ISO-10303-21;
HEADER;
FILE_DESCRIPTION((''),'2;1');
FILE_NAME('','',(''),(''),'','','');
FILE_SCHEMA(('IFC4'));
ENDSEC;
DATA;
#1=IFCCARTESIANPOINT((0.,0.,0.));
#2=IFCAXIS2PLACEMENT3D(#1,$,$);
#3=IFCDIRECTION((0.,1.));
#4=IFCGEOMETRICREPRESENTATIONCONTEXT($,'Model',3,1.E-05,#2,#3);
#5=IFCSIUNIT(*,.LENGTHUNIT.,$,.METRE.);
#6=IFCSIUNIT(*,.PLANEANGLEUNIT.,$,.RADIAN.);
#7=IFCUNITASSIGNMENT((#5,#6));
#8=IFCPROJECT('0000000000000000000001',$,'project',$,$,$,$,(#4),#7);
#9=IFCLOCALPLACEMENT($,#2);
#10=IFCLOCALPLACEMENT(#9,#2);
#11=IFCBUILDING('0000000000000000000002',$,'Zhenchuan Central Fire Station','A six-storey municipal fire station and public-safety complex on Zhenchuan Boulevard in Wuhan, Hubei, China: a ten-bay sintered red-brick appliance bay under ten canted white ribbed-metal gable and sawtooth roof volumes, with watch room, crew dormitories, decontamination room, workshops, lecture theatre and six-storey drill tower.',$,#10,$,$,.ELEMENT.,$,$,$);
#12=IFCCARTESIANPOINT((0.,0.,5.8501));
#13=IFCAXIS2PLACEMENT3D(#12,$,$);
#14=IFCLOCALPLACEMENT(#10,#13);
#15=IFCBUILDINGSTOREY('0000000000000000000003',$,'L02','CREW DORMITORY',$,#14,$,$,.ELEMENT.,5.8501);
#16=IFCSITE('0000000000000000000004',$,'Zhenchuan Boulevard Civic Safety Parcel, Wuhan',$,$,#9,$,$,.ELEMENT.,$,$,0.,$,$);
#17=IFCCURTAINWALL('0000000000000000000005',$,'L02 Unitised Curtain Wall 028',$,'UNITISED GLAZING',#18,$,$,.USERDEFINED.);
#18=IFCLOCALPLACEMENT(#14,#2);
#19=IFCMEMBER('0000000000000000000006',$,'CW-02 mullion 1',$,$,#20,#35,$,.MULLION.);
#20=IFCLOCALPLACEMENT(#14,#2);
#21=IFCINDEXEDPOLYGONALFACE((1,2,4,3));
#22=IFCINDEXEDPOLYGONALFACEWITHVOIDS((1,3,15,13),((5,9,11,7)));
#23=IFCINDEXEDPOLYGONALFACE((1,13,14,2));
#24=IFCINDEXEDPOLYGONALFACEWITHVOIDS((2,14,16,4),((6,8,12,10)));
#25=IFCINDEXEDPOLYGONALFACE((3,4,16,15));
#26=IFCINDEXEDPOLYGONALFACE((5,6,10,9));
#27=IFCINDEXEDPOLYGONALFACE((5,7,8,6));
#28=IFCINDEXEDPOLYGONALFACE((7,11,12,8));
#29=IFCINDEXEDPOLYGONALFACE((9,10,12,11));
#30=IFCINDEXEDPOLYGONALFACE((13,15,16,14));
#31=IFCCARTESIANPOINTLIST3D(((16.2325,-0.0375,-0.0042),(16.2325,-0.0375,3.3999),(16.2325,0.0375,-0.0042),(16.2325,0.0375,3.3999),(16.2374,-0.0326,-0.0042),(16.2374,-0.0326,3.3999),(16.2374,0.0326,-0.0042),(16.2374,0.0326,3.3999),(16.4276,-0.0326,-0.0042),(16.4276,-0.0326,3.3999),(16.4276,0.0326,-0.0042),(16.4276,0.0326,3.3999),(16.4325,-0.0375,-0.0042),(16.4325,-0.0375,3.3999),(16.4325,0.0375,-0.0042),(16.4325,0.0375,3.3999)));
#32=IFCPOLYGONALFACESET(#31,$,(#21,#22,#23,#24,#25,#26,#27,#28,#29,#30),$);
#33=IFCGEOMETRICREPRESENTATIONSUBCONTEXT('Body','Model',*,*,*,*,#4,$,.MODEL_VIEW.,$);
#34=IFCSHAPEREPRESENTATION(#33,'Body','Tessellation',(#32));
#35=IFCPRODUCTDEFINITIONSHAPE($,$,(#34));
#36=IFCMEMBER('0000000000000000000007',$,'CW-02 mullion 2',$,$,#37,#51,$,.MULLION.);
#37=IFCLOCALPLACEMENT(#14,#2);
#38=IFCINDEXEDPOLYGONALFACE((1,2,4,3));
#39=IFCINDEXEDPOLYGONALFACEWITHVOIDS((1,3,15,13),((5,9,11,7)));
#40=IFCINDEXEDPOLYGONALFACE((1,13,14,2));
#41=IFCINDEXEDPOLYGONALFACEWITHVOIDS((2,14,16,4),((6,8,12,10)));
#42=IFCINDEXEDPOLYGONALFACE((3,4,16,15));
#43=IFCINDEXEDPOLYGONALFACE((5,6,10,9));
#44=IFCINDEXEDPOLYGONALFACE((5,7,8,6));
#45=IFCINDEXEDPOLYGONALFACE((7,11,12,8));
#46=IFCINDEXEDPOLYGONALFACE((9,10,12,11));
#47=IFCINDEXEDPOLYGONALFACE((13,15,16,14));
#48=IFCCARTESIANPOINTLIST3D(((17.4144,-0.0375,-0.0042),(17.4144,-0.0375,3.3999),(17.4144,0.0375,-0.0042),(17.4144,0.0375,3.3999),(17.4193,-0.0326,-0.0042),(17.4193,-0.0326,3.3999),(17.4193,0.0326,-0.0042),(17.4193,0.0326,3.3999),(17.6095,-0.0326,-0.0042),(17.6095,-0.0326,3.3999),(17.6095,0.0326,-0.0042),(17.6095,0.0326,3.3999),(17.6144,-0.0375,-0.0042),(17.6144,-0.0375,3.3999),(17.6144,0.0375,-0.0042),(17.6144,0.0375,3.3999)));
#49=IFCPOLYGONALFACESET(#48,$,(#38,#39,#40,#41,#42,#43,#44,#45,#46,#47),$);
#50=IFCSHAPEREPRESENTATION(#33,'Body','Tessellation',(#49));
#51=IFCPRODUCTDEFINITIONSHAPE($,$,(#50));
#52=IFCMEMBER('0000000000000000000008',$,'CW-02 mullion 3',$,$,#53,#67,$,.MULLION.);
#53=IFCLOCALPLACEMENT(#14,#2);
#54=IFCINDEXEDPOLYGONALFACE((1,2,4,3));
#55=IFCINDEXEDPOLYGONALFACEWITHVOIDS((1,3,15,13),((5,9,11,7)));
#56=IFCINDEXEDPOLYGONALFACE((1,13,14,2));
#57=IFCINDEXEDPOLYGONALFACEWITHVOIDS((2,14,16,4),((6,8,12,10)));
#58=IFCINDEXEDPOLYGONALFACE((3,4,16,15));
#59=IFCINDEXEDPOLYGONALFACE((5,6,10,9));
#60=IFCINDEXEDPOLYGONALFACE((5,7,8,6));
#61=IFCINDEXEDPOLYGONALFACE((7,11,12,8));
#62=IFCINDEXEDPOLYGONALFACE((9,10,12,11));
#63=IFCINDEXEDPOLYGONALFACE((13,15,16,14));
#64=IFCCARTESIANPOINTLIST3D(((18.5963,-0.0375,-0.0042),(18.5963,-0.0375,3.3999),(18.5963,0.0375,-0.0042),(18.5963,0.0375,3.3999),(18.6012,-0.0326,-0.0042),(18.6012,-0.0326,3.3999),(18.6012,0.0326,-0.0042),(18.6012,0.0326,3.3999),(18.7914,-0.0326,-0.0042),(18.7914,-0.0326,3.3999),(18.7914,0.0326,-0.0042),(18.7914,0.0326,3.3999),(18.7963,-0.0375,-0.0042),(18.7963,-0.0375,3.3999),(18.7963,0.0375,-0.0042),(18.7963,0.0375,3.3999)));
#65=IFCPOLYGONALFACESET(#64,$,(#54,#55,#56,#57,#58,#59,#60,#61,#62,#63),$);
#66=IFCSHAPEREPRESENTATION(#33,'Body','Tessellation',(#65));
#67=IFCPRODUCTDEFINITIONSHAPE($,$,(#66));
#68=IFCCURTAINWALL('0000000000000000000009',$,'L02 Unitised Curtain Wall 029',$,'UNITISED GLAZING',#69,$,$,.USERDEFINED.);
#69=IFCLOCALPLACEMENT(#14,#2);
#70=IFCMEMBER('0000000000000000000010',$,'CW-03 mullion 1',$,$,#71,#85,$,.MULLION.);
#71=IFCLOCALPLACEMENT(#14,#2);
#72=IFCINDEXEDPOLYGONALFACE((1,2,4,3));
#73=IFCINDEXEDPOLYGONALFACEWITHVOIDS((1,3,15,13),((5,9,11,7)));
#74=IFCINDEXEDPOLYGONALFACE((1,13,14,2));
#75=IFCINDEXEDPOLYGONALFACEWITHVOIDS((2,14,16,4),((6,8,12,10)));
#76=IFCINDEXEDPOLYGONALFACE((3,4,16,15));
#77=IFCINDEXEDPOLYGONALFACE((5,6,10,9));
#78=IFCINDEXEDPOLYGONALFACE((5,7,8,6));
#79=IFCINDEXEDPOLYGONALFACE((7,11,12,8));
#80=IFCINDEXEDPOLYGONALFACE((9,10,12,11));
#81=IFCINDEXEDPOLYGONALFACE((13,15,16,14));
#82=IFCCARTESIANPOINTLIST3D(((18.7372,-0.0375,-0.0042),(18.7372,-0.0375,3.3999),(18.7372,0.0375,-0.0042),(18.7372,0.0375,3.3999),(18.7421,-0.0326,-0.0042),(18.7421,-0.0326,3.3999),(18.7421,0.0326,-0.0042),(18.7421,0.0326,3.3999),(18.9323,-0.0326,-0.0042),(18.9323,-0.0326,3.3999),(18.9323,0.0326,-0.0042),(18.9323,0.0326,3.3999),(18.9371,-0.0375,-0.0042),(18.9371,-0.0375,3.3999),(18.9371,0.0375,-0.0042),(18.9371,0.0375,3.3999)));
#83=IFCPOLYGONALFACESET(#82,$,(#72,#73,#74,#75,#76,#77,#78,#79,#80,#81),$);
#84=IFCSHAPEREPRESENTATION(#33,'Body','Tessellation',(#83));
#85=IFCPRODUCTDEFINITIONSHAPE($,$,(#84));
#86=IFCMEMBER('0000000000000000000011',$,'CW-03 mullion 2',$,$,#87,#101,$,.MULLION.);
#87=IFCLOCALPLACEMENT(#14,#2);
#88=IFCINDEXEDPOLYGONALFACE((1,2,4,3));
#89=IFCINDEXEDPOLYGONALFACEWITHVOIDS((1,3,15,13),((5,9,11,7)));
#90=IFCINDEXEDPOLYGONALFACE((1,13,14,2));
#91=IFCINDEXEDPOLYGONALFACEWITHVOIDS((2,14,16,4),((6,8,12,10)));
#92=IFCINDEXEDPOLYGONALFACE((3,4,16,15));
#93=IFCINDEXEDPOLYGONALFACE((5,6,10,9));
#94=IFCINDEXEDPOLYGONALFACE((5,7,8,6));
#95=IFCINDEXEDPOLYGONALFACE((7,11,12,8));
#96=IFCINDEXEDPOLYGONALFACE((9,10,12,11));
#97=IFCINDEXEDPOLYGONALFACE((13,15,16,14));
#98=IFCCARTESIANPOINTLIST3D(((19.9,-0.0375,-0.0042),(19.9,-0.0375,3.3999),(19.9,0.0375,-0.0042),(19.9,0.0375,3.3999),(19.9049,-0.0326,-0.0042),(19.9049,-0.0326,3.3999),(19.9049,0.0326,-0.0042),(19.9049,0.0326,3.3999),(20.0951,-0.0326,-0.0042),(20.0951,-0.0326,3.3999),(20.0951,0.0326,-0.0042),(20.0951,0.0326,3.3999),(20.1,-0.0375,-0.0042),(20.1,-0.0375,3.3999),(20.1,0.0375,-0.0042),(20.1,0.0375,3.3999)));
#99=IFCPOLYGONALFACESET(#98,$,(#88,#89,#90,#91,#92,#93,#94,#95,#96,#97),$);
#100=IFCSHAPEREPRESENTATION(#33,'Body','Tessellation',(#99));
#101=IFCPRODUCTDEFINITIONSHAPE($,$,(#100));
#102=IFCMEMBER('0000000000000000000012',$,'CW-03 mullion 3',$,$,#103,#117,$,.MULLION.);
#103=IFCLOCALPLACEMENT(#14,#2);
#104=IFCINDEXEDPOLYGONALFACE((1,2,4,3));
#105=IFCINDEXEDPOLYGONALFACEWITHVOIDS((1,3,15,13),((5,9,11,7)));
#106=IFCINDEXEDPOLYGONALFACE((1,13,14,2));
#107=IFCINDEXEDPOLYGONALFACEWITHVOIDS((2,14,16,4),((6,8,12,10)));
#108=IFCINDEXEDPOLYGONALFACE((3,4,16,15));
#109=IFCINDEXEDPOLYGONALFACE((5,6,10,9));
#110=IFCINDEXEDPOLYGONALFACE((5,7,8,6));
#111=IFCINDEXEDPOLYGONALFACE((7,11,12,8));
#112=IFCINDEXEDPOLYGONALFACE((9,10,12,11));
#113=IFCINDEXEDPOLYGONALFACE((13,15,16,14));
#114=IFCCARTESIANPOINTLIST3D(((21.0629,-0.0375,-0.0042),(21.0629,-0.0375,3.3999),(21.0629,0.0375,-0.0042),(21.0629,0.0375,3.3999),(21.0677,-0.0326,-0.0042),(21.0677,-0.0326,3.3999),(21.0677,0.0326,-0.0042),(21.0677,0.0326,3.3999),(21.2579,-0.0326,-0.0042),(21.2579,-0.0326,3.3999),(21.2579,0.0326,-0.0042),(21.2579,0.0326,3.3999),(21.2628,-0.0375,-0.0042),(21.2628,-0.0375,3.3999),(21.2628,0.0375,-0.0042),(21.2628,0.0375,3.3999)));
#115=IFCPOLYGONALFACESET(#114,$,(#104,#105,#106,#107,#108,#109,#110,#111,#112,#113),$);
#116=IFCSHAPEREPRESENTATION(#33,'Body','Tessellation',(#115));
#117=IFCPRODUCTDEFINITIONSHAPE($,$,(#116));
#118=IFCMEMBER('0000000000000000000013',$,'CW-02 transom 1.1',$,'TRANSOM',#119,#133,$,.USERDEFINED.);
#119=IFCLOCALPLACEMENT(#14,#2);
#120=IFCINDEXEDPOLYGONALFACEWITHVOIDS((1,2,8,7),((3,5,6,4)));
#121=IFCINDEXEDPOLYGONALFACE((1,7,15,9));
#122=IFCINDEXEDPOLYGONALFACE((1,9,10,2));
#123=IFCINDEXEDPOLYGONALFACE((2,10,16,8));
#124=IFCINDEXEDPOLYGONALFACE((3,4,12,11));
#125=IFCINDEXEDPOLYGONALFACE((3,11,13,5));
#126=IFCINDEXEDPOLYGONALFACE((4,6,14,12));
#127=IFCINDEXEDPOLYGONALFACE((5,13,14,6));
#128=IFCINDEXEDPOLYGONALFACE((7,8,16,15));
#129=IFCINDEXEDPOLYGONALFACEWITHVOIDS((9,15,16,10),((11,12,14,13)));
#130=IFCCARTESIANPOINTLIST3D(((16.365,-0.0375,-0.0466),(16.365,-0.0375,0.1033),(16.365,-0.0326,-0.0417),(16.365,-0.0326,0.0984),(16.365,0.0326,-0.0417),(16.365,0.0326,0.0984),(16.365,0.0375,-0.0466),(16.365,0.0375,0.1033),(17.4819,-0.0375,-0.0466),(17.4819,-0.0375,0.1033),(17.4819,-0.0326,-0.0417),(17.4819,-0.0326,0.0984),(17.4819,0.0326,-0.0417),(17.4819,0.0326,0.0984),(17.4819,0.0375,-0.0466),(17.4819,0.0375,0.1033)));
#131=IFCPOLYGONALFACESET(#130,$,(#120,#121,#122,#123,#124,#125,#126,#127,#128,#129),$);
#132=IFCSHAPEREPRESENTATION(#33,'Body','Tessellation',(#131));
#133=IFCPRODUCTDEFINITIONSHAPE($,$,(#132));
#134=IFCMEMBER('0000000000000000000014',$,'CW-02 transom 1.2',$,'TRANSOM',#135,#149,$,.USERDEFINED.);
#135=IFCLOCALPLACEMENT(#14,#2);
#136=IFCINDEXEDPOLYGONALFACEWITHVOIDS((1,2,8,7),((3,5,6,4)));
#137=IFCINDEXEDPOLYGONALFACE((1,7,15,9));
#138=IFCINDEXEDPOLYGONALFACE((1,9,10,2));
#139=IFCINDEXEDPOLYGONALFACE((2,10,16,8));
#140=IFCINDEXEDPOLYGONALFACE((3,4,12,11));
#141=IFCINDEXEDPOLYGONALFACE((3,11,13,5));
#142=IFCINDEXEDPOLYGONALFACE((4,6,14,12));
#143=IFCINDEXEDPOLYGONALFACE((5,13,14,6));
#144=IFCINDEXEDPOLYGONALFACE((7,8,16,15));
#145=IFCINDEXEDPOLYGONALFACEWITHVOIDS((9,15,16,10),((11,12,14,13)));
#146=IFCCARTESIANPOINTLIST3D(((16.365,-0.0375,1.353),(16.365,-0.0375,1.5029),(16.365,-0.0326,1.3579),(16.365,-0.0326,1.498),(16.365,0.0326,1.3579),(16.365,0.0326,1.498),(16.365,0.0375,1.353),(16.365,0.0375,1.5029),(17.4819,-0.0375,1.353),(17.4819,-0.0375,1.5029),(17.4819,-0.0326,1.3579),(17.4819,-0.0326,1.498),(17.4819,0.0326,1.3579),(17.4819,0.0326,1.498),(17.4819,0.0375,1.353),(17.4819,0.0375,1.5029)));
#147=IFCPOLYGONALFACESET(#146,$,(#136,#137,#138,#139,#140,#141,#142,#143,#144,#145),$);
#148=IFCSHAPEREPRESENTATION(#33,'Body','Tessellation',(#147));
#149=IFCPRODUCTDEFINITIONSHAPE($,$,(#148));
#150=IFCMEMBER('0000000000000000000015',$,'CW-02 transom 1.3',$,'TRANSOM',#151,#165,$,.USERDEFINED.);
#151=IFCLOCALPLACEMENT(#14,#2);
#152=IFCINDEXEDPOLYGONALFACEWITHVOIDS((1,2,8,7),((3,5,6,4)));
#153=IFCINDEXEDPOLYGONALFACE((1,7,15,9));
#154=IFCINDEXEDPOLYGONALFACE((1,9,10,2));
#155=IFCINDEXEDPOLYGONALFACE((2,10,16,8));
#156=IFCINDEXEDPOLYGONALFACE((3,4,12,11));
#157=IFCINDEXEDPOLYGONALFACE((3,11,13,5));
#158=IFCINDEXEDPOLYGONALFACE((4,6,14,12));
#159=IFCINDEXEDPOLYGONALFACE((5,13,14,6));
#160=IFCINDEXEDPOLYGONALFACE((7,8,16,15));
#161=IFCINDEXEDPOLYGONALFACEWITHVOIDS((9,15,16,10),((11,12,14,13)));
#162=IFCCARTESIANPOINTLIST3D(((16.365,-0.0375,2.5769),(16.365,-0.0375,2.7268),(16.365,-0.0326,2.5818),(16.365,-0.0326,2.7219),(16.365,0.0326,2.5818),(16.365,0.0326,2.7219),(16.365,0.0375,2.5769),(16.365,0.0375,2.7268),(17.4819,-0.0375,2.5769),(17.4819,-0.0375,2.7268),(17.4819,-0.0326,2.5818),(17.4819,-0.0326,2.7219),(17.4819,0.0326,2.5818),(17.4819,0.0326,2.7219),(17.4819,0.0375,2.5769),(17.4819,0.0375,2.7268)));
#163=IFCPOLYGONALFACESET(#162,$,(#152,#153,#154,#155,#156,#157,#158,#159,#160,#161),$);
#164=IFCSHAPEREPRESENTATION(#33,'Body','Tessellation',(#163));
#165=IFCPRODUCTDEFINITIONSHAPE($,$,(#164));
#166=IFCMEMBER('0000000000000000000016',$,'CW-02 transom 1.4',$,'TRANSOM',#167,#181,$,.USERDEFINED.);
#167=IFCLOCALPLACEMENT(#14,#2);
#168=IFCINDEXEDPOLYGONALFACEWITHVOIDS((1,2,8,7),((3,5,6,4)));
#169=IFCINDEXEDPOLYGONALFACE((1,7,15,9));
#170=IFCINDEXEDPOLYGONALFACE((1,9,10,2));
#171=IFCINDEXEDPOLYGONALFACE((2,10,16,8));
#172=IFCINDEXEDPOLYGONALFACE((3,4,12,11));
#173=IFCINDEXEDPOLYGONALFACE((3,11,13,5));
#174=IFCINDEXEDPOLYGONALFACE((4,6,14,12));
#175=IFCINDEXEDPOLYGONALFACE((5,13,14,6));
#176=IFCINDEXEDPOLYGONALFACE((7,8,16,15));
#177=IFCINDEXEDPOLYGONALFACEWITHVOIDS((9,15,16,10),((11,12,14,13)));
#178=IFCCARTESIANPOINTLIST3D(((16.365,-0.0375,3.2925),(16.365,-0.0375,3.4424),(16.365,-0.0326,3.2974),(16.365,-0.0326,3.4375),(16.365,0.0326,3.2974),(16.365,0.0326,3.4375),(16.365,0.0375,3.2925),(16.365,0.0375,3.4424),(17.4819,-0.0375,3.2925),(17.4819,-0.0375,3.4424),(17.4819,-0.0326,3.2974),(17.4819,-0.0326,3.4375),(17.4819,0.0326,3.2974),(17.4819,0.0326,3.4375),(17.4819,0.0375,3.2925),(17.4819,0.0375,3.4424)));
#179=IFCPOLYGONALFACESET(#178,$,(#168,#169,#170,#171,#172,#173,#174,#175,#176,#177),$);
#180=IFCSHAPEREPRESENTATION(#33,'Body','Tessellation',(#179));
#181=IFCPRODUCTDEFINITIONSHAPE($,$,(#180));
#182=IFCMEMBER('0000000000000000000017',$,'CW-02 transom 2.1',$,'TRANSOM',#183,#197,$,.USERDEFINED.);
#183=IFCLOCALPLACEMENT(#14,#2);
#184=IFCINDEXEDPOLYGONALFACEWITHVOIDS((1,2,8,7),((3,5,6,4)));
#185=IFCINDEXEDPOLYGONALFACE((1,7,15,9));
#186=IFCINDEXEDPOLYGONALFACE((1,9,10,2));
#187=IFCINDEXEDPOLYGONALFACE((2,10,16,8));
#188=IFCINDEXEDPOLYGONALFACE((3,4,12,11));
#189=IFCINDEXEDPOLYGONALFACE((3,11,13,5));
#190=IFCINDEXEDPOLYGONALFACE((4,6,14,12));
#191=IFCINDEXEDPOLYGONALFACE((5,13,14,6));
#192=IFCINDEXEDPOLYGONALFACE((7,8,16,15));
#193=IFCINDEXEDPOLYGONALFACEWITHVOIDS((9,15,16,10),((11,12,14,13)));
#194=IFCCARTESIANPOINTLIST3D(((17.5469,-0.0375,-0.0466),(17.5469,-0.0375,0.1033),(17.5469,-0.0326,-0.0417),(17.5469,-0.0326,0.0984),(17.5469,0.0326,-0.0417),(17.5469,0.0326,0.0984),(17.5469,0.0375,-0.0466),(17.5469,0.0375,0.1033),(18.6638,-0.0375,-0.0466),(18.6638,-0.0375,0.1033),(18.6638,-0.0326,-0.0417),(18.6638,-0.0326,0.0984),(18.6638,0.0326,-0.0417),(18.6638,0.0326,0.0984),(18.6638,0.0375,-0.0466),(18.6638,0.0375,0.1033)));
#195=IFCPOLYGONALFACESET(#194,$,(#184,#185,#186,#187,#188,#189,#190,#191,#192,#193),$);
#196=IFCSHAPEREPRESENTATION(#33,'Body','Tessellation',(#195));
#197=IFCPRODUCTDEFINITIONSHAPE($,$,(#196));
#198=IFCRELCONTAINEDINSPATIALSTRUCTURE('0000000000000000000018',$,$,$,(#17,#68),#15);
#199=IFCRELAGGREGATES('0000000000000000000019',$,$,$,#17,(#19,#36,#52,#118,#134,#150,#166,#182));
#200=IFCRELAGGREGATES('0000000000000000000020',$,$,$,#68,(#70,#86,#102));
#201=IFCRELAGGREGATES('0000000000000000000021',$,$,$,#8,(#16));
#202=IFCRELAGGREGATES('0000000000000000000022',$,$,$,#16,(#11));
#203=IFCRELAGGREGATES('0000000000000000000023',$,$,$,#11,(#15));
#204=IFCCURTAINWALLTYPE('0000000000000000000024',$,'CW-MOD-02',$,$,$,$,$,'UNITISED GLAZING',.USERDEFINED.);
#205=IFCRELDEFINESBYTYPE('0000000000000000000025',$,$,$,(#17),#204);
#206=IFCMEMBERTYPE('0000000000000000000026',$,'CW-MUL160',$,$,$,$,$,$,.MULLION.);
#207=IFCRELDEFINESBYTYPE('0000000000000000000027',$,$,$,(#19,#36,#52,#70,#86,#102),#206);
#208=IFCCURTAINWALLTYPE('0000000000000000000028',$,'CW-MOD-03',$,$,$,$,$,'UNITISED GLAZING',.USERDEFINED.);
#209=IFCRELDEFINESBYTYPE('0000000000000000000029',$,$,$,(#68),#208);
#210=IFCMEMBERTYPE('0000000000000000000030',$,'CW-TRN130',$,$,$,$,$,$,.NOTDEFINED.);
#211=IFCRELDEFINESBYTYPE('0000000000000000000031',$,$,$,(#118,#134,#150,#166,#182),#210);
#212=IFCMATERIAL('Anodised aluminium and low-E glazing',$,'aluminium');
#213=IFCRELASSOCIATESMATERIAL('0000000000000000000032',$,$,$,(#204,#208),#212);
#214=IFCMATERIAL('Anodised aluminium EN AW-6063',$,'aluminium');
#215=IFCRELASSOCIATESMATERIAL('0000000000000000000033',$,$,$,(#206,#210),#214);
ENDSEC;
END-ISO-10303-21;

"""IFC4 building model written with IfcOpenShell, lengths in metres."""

from ifc_helpers import new_model, si_unit, direction, frame, origin, origin_2d, place, context, subcontext, project, spatial, hollow_rectangle, extrude, material, material_profile, profile_set, type_object, element, aggregate, save


model = new_model("IFC4")

# Units and contexts
model_context = context("Model", 3, precision=1e-05, world=origin(), true_north=direction((0.0, 1.0)))
body_context = subcontext(model_context, "Body", "Model", "MODEL_VIEW")
ifc_project = project(units=[si_unit("LENGTHUNIT", "METRE"), si_unit("PLANEANGLEUNIT", "RADIAN")], contexts=[model_context])

# Site, building, storey
site_placement = place(None, origin())
site = spatial("IfcSite", under=ifc_project, at=site_placement, Name="Zhenchuan Boulevard Civic Safety Parcel, Wuhan", CompositionType="ELEMENT", RefElevation=0.0)
building_placement = place(site_placement, origin())
building = spatial("IfcBuilding", under=site, at=building_placement, Name="Zhenchuan Central Fire Station", Description="A six-storey municipal fire station and public-safety complex on Zhenchuan Boulevard in Wuhan, Hubei, China: a ten-bay sintered red-brick appliance bay under ten canted white ribbed-metal gable and sawtooth roof volumes, with watch room, crew dormitories, decontamination room, workshops, lecture theatre and six-storey drill tower.", CompositionType="ELEMENT")
storey_placement = place(building_placement, frame((0.0, 0.0, 5.8501)))
storey = spatial("IfcBuildingStorey", under=building, at=storey_placement, Name="L02", Description="CREW DORMITORY", CompositionType="ELEMENT", Elevation=5.8501)

# Curtain walls, members
ifc_material_1 = material(Name="Anodised aluminium and low-E glazing", Category="aluminium")
curtain_wall_type_1 = type_object("IfcCurtainWallType", Name="CW-MOD-02", ElementType="UNITISED GLAZING", PredefinedType="USERDEFINED", material=ifc_material_1)
curtain_wall_1_placement = place(storey_placement, origin())
curtain_wall_1 = element("IfcCurtainWall", 1, at=curtain_wall_1_placement, inside=storey, type_object=curtain_wall_type_1, Name="L02 Unitised Curtain Wall 028", ObjectType="UNITISED GLAZING", PredefinedType="USERDEFINED")
ifc_material_2 = material(Name="Anodised aluminium EN AW-6063", Category="aluminium")
ifc_material_profile_1 = material_profile(ifc_material_2, hollow_rectangle(XDim=0.075, YDim=0.2, WallThickness=0.0049, at=origin_2d()), Name="ALU-M 200x75")
ifc_profile_set_1 = profile_set([ifc_material_profile_1], Name="Anodised aluminium EN AW-6063")
member_type_1 = type_object("IfcMemberType", Name="CW-MUL160", PredefinedType="MULLION", material=ifc_profile_set_1)
member_1_placement = place(storey_placement, frame((16.3325, 0.0, -0.0042), z_axis=(0.0, 0.0, 1.0), x_axis=(0.0, 1.0, 0.0)))
member_1 = element("IfcMember", 2, at=member_1_placement, type_object=member_type_1, Name="CW-02 mullion 1", PredefinedType="MULLION", context=body_context, shape_type="SweptSolid", body=[
    extrude(hollow_rectangle(XDim=0.075, YDim=0.2, WallThickness=0.0049, at=origin_2d()), origin(), (0.0, 0.0, 1.0), 3.4041),
])
member_2_placement = place(storey_placement, frame((17.5144, 0.0, -0.0042), z_axis=(0.0, 0.0, 1.0), x_axis=(0.0, 1.0, 0.0)))
member_2 = element("IfcMember", 3, at=member_2_placement, type_object=member_type_1, Name="CW-02 mullion 2", PredefinedType="MULLION", context=body_context, shape_type="SweptSolid", body=[
    extrude(hollow_rectangle(XDim=0.075, YDim=0.2, WallThickness=0.0049, at=origin_2d()), origin(), (0.0, 0.0, 1.0), 3.4041),
])
member_3_placement = place(storey_placement, frame((18.6963, 0.0, -0.0042), z_axis=(0.0, 0.0, 1.0), x_axis=(0.0, 1.0, 0.0)))
member_3 = element("IfcMember", 4, at=member_3_placement, type_object=member_type_1, Name="CW-02 mullion 3", PredefinedType="MULLION", context=body_context, shape_type="SweptSolid", body=[
    extrude(hollow_rectangle(XDim=0.075, YDim=0.2, WallThickness=0.0049, at=origin_2d()), origin(), (0.0, 0.0, 1.0), 3.4041),
])
curtain_wall_type_2 = type_object("IfcCurtainWallType", Name="CW-MOD-03", ElementType="UNITISED GLAZING", PredefinedType="USERDEFINED", material=ifc_material_1)
curtain_wall_2_placement = place(storey_placement, origin())
curtain_wall_2 = element("IfcCurtainWall", 5, at=curtain_wall_2_placement, inside=storey, type_object=curtain_wall_type_2, Name="L02 Unitised Curtain Wall 029", ObjectType="UNITISED GLAZING", PredefinedType="USERDEFINED")
member_4_placement = place(storey_placement, frame((18.8372, 0.0, -0.0042), z_axis=(0.0, 0.0, 1.0), x_axis=(0.0, 1.0, 0.0)))
member_4 = element("IfcMember", 6, at=member_4_placement, type_object=member_type_1, Name="CW-03 mullion 1", PredefinedType="MULLION", context=body_context, shape_type="SweptSolid", body=[
    extrude(hollow_rectangle(XDim=0.075, YDim=0.2, WallThickness=0.0049, at=origin_2d()), origin(), (0.0, 0.0, 1.0), 3.4041),
])
member_5_placement = place(storey_placement, frame((20.0, 0.0, -0.0042), z_axis=(0.0, 0.0, 1.0), x_axis=(0.0, 1.0, 0.0)))
member_5 = element("IfcMember", 7, at=member_5_placement, type_object=member_type_1, Name="CW-03 mullion 2", PredefinedType="MULLION", context=body_context, shape_type="SweptSolid", body=[
    extrude(hollow_rectangle(XDim=0.075, YDim=0.2, WallThickness=0.0049, at=origin_2d()), origin(), (0.0, 0.0, 1.0), 3.4041),
])
member_6_placement = place(storey_placement, frame((21.1628, 0.0, -0.0042), z_axis=(0.0, 0.0, 1.0), x_axis=(0.0, 1.0, 0.0)))
member_6 = element("IfcMember", 8, at=member_6_placement, type_object=member_type_1, Name="CW-03 mullion 3", PredefinedType="MULLION", context=body_context, shape_type="SweptSolid", body=[
    extrude(hollow_rectangle(XDim=0.075, YDim=0.2, WallThickness=0.0049, at=origin_2d()), origin(), (0.0, 0.0, 1.0), 3.4041),
])

# Members
ifc_material_profile_2 = material_profile(ifc_material_2, hollow_rectangle(XDim=0.075, YDim=0.1499, WallThickness=0.0049, at=origin_2d()), Name="ALU-T 150x75")
ifc_profile_set_2 = profile_set([ifc_material_profile_2], Name="Anodised aluminium EN AW-6063")
member_type_2 = type_object("IfcMemberType", Name="CW-TRN130", PredefinedType="NOTDEFINED", material=ifc_profile_set_2)
member_7_placement = place(storey_placement, frame((16.365, 0.0, 0.0283), z_axis=(1.0, 0.0, 0.0), x_axis=(0.0, 1.0, 0.0)))
member_7 = element("IfcMember", 9, at=member_7_placement, type_object=member_type_2, Name="CW-02 transom 1.1", ObjectType="TRANSOM", PredefinedType="USERDEFINED", context=body_context, shape_type="SweptSolid", body=[
    extrude(hollow_rectangle(XDim=0.075, YDim=0.1499, WallThickness=0.0049, at=origin_2d()), origin(), (0.0, 0.0, 1.0), 1.1169),
])
member_8_placement = place(storey_placement, frame((16.365, 0.0, 1.428), z_axis=(1.0, 0.0, 0.0), x_axis=(0.0, 1.0, 0.0)))
member_8 = element("IfcMember", 10, at=member_8_placement, type_object=member_type_2, Name="CW-02 transom 1.2", ObjectType="TRANSOM", PredefinedType="USERDEFINED", context=body_context, shape_type="SweptSolid", body=[
    extrude(hollow_rectangle(XDim=0.075, YDim=0.1499, WallThickness=0.0049, at=origin_2d()), origin(), (0.0, 0.0, 1.0), 1.1169),
])
member_9_placement = place(storey_placement, frame((16.365, 0.0, 2.6519), z_axis=(1.0, 0.0, 0.0), x_axis=(0.0, 1.0, 0.0)))
member_9 = element("IfcMember", 11, at=member_9_placement, type_object=member_type_2, Name="CW-02 transom 1.3", ObjectType="TRANSOM", PredefinedType="USERDEFINED", context=body_context, shape_type="SweptSolid", body=[
    extrude(hollow_rectangle(XDim=0.075, YDim=0.1499, WallThickness=0.0049, at=origin_2d()), origin(), (0.0, 0.0, 1.0), 1.1169),
])
member_10_placement = place(storey_placement, frame((16.365, 0.0, 3.3674), z_axis=(1.0, 0.0, 0.0), x_axis=(0.0, 1.0, 0.0)))
member_10 = element("IfcMember", 12, at=member_10_placement, type_object=member_type_2, Name="CW-02 transom 1.4", ObjectType="TRANSOM", PredefinedType="USERDEFINED", context=body_context, shape_type="SweptSolid", body=[
    extrude(hollow_rectangle(XDim=0.075, YDim=0.1499, WallThickness=0.0049, at=origin_2d()), origin(), (0.0, 0.0, 1.0), 1.1169),
])
member_11_placement = place(storey_placement, frame((17.5469, 0.0, 0.0283), z_axis=(1.0, 0.0, 0.0), x_axis=(0.0, 1.0, 0.0)))
member_11 = element("IfcMember", 13, at=member_11_placement, type_object=member_type_2, Name="CW-02 transom 2.1", ObjectType="TRANSOM", PredefinedType="USERDEFINED", context=body_context, shape_type="SweptSolid", body=[
    extrude(hollow_rectangle(XDim=0.075, YDim=0.1499, WallThickness=0.0049, at=origin_2d()), origin(), (0.0, 0.0, 1.0), 1.1169),
])

aggregate(curtain_wall_1, [member_1, member_2, member_3, member_7, member_8, member_9, member_10, member_11])
aggregate(curtain_wall_2, [member_4, member_5, member_6])

save(model, "model.ifc")
